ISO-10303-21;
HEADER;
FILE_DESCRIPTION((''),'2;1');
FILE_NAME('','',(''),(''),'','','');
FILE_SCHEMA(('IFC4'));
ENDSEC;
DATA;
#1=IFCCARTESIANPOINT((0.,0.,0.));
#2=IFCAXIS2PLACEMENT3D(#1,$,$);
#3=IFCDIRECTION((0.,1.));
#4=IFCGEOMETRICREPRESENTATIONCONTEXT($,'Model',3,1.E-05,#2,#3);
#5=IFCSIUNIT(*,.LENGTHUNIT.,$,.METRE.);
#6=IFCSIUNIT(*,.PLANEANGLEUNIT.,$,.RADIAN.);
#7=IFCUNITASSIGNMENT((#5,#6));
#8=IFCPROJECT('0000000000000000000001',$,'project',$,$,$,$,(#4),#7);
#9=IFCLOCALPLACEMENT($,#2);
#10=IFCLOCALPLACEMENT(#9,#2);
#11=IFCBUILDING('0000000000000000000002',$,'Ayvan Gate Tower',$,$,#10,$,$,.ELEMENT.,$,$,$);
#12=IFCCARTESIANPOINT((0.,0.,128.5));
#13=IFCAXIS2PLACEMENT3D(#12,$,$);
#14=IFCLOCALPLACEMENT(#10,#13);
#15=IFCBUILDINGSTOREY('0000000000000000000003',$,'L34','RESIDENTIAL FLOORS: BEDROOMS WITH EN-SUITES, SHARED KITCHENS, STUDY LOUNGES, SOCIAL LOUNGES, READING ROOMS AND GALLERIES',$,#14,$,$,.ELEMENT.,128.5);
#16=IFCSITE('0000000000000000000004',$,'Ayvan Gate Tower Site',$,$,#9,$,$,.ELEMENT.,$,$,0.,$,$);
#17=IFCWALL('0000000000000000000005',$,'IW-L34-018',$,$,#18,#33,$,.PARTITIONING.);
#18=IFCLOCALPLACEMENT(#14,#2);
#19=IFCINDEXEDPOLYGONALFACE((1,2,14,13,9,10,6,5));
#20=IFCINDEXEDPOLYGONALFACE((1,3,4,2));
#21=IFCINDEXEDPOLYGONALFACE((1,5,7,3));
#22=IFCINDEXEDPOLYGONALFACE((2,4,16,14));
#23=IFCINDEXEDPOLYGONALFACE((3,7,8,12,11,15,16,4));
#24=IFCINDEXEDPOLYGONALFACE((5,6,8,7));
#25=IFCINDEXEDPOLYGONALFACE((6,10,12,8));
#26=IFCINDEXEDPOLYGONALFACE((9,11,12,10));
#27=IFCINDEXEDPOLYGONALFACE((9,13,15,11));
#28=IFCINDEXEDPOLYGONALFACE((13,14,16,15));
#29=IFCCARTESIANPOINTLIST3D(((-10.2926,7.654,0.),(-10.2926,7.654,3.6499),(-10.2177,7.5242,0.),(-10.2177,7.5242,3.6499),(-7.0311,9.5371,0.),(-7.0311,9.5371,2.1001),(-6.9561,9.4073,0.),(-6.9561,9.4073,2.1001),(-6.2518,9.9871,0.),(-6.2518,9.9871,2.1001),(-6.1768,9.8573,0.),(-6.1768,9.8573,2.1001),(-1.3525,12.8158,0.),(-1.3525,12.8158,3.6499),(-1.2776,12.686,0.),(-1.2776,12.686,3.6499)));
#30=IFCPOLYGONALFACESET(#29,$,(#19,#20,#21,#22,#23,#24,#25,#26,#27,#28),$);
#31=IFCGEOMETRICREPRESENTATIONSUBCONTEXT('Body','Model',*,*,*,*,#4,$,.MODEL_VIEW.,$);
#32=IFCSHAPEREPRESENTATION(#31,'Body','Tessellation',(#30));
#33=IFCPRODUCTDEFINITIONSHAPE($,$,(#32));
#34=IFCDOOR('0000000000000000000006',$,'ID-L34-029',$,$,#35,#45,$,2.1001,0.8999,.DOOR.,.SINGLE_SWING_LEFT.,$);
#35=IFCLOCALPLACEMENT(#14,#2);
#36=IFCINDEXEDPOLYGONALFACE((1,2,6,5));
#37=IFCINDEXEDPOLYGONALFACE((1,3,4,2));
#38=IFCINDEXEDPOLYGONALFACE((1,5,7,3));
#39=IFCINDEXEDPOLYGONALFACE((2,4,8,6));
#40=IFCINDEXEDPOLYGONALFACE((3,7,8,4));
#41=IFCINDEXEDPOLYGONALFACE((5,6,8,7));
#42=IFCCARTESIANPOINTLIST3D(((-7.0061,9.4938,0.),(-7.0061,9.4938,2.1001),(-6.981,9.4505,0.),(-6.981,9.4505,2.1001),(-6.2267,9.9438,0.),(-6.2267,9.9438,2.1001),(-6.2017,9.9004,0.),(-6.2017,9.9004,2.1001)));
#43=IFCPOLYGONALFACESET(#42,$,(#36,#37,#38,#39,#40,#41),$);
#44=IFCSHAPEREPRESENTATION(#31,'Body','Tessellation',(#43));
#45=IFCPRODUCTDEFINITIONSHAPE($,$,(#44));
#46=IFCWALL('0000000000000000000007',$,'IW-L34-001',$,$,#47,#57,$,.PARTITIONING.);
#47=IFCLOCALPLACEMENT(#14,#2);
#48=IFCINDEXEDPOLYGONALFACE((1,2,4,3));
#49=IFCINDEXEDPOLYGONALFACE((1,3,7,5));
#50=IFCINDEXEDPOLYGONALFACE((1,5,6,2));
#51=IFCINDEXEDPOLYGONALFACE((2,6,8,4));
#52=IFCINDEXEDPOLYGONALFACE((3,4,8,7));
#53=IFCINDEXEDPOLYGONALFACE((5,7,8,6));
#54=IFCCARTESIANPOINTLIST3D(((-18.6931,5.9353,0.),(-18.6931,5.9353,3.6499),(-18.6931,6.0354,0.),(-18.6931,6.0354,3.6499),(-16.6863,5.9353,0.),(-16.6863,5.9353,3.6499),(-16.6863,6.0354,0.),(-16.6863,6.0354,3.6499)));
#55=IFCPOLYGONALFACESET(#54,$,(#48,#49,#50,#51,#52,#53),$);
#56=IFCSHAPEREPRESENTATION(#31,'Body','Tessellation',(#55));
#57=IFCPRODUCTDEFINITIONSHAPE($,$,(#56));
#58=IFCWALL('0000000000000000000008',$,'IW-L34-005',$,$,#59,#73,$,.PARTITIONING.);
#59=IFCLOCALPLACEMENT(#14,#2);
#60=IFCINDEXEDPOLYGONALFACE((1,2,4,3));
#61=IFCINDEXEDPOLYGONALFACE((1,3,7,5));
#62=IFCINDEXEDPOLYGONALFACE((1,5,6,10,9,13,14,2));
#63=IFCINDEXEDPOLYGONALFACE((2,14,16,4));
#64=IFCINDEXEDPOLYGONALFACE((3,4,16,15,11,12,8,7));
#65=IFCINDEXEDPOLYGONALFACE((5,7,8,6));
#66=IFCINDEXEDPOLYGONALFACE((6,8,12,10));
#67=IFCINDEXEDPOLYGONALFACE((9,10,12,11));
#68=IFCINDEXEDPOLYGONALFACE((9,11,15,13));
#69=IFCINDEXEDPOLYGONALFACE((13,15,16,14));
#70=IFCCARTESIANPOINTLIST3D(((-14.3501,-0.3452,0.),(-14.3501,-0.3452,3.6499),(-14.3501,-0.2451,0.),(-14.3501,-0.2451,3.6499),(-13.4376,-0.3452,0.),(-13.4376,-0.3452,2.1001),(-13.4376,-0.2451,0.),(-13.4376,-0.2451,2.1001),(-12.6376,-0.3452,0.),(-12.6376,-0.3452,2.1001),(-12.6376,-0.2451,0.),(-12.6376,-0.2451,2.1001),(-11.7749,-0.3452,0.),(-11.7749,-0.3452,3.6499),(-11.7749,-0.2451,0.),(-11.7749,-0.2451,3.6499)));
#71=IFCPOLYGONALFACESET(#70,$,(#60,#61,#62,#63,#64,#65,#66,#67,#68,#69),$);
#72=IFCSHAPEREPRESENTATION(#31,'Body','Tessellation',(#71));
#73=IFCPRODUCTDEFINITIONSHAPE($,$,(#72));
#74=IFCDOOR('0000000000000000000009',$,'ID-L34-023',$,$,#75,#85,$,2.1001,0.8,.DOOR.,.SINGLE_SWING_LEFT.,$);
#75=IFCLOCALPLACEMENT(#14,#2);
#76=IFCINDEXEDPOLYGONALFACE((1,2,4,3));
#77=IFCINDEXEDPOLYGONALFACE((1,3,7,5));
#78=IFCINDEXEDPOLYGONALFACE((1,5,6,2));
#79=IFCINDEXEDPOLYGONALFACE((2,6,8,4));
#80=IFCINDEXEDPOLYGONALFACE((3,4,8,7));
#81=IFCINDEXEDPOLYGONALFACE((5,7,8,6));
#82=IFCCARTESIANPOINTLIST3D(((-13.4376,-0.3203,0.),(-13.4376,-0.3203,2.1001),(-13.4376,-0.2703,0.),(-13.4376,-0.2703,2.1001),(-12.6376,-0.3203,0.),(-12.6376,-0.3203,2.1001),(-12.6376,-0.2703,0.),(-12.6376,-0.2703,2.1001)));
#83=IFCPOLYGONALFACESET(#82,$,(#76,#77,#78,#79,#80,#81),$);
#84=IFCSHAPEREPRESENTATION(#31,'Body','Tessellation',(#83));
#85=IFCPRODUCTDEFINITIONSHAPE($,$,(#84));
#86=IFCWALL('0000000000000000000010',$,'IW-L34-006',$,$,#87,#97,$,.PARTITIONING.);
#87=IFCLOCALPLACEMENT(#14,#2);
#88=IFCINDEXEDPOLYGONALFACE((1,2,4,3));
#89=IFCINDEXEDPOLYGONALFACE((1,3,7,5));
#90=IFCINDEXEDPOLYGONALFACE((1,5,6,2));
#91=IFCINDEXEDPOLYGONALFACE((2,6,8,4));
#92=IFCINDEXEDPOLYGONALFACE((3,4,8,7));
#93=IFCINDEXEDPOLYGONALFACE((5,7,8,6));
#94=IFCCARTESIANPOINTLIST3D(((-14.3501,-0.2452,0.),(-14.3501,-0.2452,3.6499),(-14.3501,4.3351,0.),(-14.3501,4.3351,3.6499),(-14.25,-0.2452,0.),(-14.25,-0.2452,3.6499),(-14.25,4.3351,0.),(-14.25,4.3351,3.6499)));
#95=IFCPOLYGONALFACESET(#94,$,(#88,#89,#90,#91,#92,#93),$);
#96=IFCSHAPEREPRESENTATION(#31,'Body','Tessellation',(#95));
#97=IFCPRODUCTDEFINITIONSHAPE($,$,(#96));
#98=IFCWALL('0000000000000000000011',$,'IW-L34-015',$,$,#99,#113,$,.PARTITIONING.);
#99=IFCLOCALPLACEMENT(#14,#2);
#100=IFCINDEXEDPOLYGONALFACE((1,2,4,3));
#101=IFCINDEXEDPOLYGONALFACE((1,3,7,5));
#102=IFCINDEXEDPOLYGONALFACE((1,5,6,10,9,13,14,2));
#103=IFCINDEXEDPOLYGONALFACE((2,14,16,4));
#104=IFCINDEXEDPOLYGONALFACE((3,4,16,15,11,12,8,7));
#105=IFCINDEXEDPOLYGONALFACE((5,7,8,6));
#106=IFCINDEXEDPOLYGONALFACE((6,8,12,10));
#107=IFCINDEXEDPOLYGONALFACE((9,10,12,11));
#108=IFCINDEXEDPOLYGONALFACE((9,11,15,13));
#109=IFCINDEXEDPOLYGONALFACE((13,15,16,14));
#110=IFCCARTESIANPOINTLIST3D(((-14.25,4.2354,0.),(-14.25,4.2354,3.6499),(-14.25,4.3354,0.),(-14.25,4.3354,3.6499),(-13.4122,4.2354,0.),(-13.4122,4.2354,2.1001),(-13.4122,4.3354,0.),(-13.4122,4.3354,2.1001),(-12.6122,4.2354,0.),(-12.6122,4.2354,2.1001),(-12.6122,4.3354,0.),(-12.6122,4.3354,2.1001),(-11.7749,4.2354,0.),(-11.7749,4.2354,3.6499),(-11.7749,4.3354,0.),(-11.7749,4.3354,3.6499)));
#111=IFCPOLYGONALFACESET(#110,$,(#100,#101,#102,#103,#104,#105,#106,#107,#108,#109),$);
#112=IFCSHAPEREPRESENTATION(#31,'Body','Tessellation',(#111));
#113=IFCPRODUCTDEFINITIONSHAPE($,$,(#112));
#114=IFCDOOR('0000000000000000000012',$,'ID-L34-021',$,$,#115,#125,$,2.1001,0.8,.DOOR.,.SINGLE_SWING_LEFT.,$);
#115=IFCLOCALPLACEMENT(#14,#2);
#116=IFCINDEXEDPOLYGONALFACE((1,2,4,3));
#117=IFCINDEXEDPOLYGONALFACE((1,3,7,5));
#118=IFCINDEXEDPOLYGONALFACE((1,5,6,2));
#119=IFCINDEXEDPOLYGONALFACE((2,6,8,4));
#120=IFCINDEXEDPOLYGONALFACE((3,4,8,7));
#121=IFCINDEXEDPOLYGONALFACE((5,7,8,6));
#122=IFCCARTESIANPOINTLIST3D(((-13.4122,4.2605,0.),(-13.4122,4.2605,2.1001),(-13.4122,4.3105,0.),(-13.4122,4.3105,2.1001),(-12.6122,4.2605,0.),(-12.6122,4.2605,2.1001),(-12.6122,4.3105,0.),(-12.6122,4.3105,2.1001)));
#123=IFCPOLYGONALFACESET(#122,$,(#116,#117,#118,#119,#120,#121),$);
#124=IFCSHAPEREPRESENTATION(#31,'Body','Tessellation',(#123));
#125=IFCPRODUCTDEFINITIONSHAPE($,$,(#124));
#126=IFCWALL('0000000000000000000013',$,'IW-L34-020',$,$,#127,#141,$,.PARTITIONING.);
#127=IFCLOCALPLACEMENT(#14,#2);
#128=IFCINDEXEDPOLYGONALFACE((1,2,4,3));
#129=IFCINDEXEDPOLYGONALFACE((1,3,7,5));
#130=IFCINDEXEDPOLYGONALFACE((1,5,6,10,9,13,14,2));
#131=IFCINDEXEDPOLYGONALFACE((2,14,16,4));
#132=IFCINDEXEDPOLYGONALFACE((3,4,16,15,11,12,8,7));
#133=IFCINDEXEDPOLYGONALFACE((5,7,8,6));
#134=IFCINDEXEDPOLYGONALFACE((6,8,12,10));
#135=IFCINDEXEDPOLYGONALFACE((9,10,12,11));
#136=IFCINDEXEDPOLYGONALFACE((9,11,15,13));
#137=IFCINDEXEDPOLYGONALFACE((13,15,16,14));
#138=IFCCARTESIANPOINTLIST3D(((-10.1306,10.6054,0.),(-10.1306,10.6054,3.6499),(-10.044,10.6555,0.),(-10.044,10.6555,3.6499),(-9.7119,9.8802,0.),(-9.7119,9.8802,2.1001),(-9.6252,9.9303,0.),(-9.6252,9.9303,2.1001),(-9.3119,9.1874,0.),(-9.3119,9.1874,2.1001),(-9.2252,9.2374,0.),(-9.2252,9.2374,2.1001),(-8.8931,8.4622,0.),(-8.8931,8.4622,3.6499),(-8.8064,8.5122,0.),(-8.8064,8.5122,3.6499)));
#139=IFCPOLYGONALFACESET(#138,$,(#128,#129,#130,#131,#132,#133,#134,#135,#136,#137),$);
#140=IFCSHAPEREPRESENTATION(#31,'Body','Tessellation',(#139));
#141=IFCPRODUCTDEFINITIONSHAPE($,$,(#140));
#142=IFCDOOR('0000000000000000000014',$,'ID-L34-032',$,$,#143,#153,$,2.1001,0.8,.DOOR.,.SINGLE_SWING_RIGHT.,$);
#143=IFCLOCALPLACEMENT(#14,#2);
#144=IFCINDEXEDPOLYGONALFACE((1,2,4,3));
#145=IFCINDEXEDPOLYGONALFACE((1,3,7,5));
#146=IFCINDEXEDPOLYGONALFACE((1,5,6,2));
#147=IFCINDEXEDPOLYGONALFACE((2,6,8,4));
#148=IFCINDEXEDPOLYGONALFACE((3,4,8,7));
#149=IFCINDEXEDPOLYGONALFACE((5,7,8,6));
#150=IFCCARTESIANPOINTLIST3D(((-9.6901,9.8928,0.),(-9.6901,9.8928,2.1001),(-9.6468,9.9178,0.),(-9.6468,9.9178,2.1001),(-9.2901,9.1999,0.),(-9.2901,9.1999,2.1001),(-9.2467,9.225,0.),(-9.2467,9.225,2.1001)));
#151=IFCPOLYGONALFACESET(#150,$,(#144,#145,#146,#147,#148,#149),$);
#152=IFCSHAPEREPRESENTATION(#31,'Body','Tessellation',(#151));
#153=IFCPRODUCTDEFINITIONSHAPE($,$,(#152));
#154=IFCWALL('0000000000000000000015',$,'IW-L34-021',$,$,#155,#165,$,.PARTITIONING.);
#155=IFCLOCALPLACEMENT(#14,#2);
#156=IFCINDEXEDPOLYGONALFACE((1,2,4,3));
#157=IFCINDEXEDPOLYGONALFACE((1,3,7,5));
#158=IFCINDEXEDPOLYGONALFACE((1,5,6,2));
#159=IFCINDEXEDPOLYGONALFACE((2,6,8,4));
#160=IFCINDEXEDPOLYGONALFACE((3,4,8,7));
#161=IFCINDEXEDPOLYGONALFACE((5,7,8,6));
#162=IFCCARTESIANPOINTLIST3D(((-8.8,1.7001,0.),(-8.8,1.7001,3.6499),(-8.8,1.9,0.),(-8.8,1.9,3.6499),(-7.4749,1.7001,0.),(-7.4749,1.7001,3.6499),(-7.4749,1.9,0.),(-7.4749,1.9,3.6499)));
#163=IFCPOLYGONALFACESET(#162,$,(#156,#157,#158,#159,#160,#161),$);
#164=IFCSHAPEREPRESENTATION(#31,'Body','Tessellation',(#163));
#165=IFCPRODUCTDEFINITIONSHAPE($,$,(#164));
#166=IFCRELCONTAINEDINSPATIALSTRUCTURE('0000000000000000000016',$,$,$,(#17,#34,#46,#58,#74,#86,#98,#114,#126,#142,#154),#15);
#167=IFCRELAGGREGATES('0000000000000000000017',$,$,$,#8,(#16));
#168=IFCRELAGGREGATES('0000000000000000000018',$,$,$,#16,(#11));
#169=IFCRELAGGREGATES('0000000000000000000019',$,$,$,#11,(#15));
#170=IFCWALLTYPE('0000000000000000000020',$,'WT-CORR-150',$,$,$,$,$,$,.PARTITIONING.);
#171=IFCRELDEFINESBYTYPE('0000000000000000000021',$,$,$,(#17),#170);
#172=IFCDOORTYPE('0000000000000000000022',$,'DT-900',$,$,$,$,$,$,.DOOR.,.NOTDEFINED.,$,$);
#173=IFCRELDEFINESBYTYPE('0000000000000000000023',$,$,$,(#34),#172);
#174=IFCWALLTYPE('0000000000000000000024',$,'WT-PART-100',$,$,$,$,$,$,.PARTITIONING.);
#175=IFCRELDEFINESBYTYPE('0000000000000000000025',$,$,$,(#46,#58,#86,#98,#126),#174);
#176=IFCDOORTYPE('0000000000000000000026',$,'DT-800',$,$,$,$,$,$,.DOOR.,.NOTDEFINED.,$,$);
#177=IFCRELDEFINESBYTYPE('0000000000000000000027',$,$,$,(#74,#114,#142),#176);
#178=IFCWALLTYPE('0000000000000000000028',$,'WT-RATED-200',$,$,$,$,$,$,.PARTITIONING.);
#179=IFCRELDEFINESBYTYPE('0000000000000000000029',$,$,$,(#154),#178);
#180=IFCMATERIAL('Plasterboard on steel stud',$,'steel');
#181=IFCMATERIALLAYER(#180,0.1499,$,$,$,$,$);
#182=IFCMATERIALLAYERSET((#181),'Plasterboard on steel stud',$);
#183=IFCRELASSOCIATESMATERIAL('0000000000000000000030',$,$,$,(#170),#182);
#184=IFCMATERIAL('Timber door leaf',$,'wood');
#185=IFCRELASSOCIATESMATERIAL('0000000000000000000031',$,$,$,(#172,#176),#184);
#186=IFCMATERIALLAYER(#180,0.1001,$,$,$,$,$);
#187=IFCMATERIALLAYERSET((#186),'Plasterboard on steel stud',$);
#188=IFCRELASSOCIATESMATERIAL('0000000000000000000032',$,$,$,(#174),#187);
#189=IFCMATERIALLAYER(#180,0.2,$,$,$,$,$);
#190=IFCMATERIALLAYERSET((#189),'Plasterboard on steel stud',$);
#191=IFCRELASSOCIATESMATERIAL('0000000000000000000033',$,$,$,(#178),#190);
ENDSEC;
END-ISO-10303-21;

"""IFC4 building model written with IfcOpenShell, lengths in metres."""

from ifc_helpers import new_model, si_unit, direction, frame, frame_2d, origin, place, context, subcontext, project, spatial, rectangle, extrude, material, layer, layer_set, type_object, element, fill, save


model = new_model("IFC4")

# Units and contexts
model_context = context("Model", 3, precision=1e-05, world=origin(), true_north=direction((0.0, 1.0)))
body_context = subcontext(model_context, "Body", "Model", "MODEL_VIEW")
ifc_project = project(units=[si_unit("LENGTHUNIT", "METRE"), si_unit("PLANEANGLEUNIT", "RADIAN")], contexts=[model_context])

# Site, building, storey
site_placement = place(None, origin())
site = spatial("IfcSite", under=ifc_project, at=site_placement, Name="Ayvan Gate Tower Site", CompositionType="ELEMENT", RefElevation=0.0)
building_placement = place(site_placement, origin())
building = spatial("IfcBuilding", under=site, at=building_placement, Name="Ayvan Gate Tower", CompositionType="ELEMENT")
storey_placement = place(building_placement, frame((0.0, 0.0, 128.5)))
storey = spatial("IfcBuildingStorey", under=building, at=storey_placement, Name="L34", Description="RESIDENTIAL FLOORS: BEDROOMS WITH EN-SUITES, SHARED KITCHENS, STUDY LOUNGES, SOCIAL LOUNGES, READING ROOMS AND GALLERIES", CompositionType="ELEMENT", Elevation=128.5)

# Wall, opening, door
ifc_material_1 = material(Name="Timber door leaf", Category="wood")
ifc_material_2 = material(Name="Plasterboard on steel stud", Category="steel")
ifc_layer_1 = layer(ifc_material_2, 0.1499)
ifc_layer_set_1 = layer_set([ifc_layer_1], Name="Plasterboard on steel stud")
wall_type_1 = type_object("IfcWallType", Name="WT-CORR-150", PredefinedType="PARTITIONING", material=ifc_layer_set_1)
door_type_1 = type_object("IfcDoorType", Name="DT-900", OperationType="NOTDEFINED", PredefinedType="DOOR", material=ifc_material_1)
wall_1_placement = place(storey_placement, frame((-10.2551, 7.5891, 0.0), z_axis=(0.0, 0.0, 1.0), x_axis=(0.866015, 0.500018, 0.0)))
wall_1 = element("IfcWall", 1, at=wall_1_placement, inside=storey, type_object=wall_type_1, Name="IW-L34-018", PredefinedType="PARTITIONING", context=body_context, shape_type="SweptSolid", body=[
    extrude(rectangle(XDim=10.3232, YDim=0.1499, at=frame_2d((5.1616, 0.0))), origin(), (0.0, 0.0, 1.0), 3.6499),
])
opening_1_placement = place(wall_1_placement, frame((3.7661, 0.0, 0.0)))
opening_1 = element("IfcOpeningElement", 2, at=opening_1_placement, cuts=wall_1, PredefinedType="OPENING", context=body_context, shape_type="SweptSolid", body=[
    extrude(rectangle(XDim=0.8999, YDim=2.1001, at=frame_2d((0.45, 1.05))), frame((0.0, 0.085, 0.0), z_axis=(0.0, -1.0, 0.0), x_axis=(1.0, 0.0, 0.0)), (0.0, 0.0, 1.0), 0.1699),
])
door_1_placement = place(opening_1_placement, origin())
door_1 = element("IfcDoor", 3, at=door_1_placement, inside=storey, type_object=door_type_1, Name="ID-L34-029", OperationType="SINGLE_SWING_LEFT", OverallHeight=2.1001, OverallWidth=0.8999, PredefinedType="DOOR", context=body_context, shape_type="SweptSolid", body=[
    extrude(rectangle(XDim=0.8999, YDim=2.1001, at=frame_2d((0.45, 1.05))), frame((0.0, 0.0249, 0.0), z_axis=(0.0, -1.0, 0.0), x_axis=(1.0, 0.0, 0.0)), (0.0, 0.0, 1.0), 0.05),
])
fill(opening_1, door_1)

# Wall
ifc_layer_2 = layer(ifc_material_2, 0.1001)
ifc_layer_set_2 = layer_set([ifc_layer_2], Name="Plasterboard on steel stud")
wall_type_2 = type_object("IfcWallType", Name="WT-PART-100", PredefinedType="PARTITIONING", material=ifc_layer_set_2)
wall_2_placement = place(storey_placement, frame((-16.6863, 5.9854, 0.0), z_axis=(0.0, 0.0, 1.0), x_axis=(-1.0, 0.0, 0.0)))
element("IfcWall", 4, at=wall_2_placement, inside=storey, type_object=wall_type_2, Name="IW-L34-001", PredefinedType="PARTITIONING", context=body_context, shape_type="SweptSolid", body=[
    extrude(rectangle(XDim=2.0068, YDim=0.1001, at=frame_2d((1.0034, 0.0))), origin(), (0.0, 0.0, 1.0), 3.6499),
])

# Wall, opening, door
wall_3_placement = place(storey_placement, frame((-14.3501, -0.2952, 0.0), z_axis=(0.0, 0.0, 1.0), x_axis=(1.0, 0.0, 0.0)))
wall_3 = element("IfcWall", 5, at=wall_3_placement, inside=storey, type_object=wall_type_2, Name="IW-L34-005", PredefinedType="PARTITIONING", context=body_context, shape_type="SweptSolid", body=[
    extrude(rectangle(XDim=2.5752, YDim=0.1001, at=frame_2d((1.2876, 0.0))), origin(), (0.0, 0.0, 1.0), 3.6499),
])
opening_2_placement = place(wall_3_placement, frame((0.9126, 0.0, 0.0)))
opening_2 = element("IfcOpeningElement", 6, at=opening_2_placement, cuts=wall_3, PredefinedType="OPENING", context=body_context, shape_type="SweptSolid", body=[
    extrude(rectangle(XDim=0.8, YDim=2.1001, at=frame_2d((0.3999, 1.05))), frame((0.0, 0.0601, 0.0), z_axis=(0.0, -1.0, 0.0), x_axis=(1.0, 0.0, 0.0)), (0.0, 0.0, 1.0), 0.1201),
])
door_type_2 = type_object("IfcDoorType", Name="DT-800", OperationType="NOTDEFINED", PredefinedType="DOOR", material=ifc_material_1)
door_2_placement = place(opening_2_placement, origin())
door_2 = element("IfcDoor", 7, at=door_2_placement, inside=storey, type_object=door_type_2, Name="ID-L34-023", OperationType="SINGLE_SWING_LEFT", OverallHeight=2.1001, OverallWidth=0.8, PredefinedType="DOOR", context=body_context, shape_type="SweptSolid", body=[
    extrude(rectangle(XDim=0.8, YDim=2.1001, at=frame_2d((0.3999, 1.05))), frame((0.0, 0.0249, 0.0), z_axis=(0.0, -1.0, 0.0), x_axis=(1.0, 0.0, 0.0)), (0.0, 0.0, 1.0), 0.05),
])
fill(opening_2, door_2)

# Wall
wall_4_placement = place(storey_placement, frame((-14.3, -0.2451, 0.0), z_axis=(0.0, 0.0, 1.0), x_axis=(0.0, 1.0, 0.0)))
element("IfcWall", 8, at=wall_4_placement, inside=storey, type_object=wall_type_2, Name="IW-L34-006", PredefinedType="PARTITIONING", context=body_context, shape_type="SweptSolid", body=[
    extrude(rectangle(XDim=4.5803, YDim=0.1001, at=frame_2d((2.29, 0.0))), origin(), (0.0, 0.0, 1.0), 3.6499),
])

# Walls, openings, doors
wall_5_placement = place(storey_placement, frame((-11.7749, 4.2854, 0.0), z_axis=(0.0, 0.0, 1.0), x_axis=(-1.0, 0.0, 0.0)))
wall_5 = element("IfcWall", 9, at=wall_5_placement, inside=storey, type_object=wall_type_2, Name="IW-L34-015", PredefinedType="PARTITIONING", context=body_context, shape_type="SweptSolid", body=[
    extrude(rectangle(XDim=2.4751, YDim=0.1001, at=frame_2d((1.2375, 0.0))), origin(), (0.0, 0.0, 1.0), 3.6499),
])
opening_3_placement = place(wall_5_placement, frame((0.8374, 0.0, 0.0)))
opening_3 = element("IfcOpeningElement", 10, at=opening_3_placement, cuts=wall_5, PredefinedType="OPENING", context=body_context, shape_type="SweptSolid", body=[
    extrude(rectangle(XDim=0.8, YDim=2.1001, at=frame_2d((0.3999, 1.05))), frame((0.0, 0.0601, 0.0), z_axis=(0.0, -1.0, 0.0), x_axis=(1.0, 0.0, 0.0)), (0.0, 0.0, 1.0), 0.1201),
])
door_3_placement = place(opening_3_placement, origin())
door_3 = element("IfcDoor", 11, at=door_3_placement, inside=storey, type_object=door_type_2, Name="ID-L34-021", OperationType="SINGLE_SWING_LEFT", OverallHeight=2.1001, OverallWidth=0.8, PredefinedType="DOOR", context=body_context, shape_type="SweptSolid", body=[
    extrude(rectangle(XDim=0.8, YDim=2.1001, at=frame_2d((0.3999, 1.05))), frame((0.0, 0.0249, 0.0), z_axis=(0.0, -1.0, 0.0), x_axis=(1.0, 0.0, 0.0)), (0.0, 0.0, 1.0), 0.05),
])
fill(opening_3, door_3)
wall_6_placement = place(storey_placement, frame((-8.8499, 8.4873, 0.0), z_axis=(0.0, 0.0, 1.0), x_axis=(-0.500033, 0.866007, 0.0)))
wall_6 = element("IfcWall", 12, at=wall_6_placement, inside=storey, type_object=wall_type_2, Name="IW-L34-020", PredefinedType="PARTITIONING", context=body_context, shape_type="SweptSolid", body=[
    extrude(rectangle(XDim=2.4749, YDim=0.1001, at=frame_2d((1.2373, 0.0))), origin(), (0.0, 0.0, 1.0), 3.6499),
])
opening_4_placement = place(wall_6_placement, frame((0.8374, 0.0, 0.0)))
opening_4 = element("IfcOpeningElement", 13, at=opening_4_placement, cuts=wall_6, PredefinedType="OPENING", context=body_context, shape_type="SweptSolid", body=[
    extrude(rectangle(XDim=0.8, YDim=2.1001, at=frame_2d((0.3999, 1.05))), frame((0.0, 0.0601, 0.0), z_axis=(0.0, -1.0, 0.0), x_axis=(1.0, 0.0, 0.0)), (0.0, 0.0, 1.0), 0.1201),
])
door_4_placement = place(opening_4_placement, origin())
door_4 = element("IfcDoor", 14, at=door_4_placement, inside=storey, type_object=door_type_2, Name="ID-L34-032", OperationType="SINGLE_SWING_RIGHT", OverallHeight=2.1001, OverallWidth=0.8, PredefinedType="DOOR", context=body_context, shape_type="SweptSolid", body=[
    extrude(rectangle(XDim=0.8, YDim=2.1001, at=frame_2d((0.3999, 1.05))), frame((0.0, 0.0249, 0.0), z_axis=(0.0, -1.0, 0.0), x_axis=(1.0, 0.0, 0.0)), (0.0, 0.0, 1.0), 0.05),
])
fill(opening_4, door_4)

# Wall
ifc_layer_3 = layer(ifc_material_2, 0.2)
ifc_layer_set_3 = layer_set([ifc_layer_3], Name="Plasterboard on steel stud")
wall_type_3 = type_object("IfcWallType", Name="WT-RATED-200", PredefinedType="PARTITIONING", material=ifc_layer_set_3)
wall_7_placement = place(storey_placement, frame((-8.8, 1.8, 0.0), z_axis=(0.0, 0.0, 1.0), x_axis=(1.0, 0.0, 0.0)))
element("IfcWall", 15, at=wall_7_placement, inside=storey, type_object=wall_type_3, Name="IW-L34-021", PredefinedType="PARTITIONING", context=body_context, shape_type="SweptSolid", body=[
    extrude(rectangle(XDim=1.3252, YDim=0.2, at=frame_2d((0.6626, 0.0))), origin(), (0.0, 0.0, 1.0), 3.6499),
])

save(model, "model.ifc")
